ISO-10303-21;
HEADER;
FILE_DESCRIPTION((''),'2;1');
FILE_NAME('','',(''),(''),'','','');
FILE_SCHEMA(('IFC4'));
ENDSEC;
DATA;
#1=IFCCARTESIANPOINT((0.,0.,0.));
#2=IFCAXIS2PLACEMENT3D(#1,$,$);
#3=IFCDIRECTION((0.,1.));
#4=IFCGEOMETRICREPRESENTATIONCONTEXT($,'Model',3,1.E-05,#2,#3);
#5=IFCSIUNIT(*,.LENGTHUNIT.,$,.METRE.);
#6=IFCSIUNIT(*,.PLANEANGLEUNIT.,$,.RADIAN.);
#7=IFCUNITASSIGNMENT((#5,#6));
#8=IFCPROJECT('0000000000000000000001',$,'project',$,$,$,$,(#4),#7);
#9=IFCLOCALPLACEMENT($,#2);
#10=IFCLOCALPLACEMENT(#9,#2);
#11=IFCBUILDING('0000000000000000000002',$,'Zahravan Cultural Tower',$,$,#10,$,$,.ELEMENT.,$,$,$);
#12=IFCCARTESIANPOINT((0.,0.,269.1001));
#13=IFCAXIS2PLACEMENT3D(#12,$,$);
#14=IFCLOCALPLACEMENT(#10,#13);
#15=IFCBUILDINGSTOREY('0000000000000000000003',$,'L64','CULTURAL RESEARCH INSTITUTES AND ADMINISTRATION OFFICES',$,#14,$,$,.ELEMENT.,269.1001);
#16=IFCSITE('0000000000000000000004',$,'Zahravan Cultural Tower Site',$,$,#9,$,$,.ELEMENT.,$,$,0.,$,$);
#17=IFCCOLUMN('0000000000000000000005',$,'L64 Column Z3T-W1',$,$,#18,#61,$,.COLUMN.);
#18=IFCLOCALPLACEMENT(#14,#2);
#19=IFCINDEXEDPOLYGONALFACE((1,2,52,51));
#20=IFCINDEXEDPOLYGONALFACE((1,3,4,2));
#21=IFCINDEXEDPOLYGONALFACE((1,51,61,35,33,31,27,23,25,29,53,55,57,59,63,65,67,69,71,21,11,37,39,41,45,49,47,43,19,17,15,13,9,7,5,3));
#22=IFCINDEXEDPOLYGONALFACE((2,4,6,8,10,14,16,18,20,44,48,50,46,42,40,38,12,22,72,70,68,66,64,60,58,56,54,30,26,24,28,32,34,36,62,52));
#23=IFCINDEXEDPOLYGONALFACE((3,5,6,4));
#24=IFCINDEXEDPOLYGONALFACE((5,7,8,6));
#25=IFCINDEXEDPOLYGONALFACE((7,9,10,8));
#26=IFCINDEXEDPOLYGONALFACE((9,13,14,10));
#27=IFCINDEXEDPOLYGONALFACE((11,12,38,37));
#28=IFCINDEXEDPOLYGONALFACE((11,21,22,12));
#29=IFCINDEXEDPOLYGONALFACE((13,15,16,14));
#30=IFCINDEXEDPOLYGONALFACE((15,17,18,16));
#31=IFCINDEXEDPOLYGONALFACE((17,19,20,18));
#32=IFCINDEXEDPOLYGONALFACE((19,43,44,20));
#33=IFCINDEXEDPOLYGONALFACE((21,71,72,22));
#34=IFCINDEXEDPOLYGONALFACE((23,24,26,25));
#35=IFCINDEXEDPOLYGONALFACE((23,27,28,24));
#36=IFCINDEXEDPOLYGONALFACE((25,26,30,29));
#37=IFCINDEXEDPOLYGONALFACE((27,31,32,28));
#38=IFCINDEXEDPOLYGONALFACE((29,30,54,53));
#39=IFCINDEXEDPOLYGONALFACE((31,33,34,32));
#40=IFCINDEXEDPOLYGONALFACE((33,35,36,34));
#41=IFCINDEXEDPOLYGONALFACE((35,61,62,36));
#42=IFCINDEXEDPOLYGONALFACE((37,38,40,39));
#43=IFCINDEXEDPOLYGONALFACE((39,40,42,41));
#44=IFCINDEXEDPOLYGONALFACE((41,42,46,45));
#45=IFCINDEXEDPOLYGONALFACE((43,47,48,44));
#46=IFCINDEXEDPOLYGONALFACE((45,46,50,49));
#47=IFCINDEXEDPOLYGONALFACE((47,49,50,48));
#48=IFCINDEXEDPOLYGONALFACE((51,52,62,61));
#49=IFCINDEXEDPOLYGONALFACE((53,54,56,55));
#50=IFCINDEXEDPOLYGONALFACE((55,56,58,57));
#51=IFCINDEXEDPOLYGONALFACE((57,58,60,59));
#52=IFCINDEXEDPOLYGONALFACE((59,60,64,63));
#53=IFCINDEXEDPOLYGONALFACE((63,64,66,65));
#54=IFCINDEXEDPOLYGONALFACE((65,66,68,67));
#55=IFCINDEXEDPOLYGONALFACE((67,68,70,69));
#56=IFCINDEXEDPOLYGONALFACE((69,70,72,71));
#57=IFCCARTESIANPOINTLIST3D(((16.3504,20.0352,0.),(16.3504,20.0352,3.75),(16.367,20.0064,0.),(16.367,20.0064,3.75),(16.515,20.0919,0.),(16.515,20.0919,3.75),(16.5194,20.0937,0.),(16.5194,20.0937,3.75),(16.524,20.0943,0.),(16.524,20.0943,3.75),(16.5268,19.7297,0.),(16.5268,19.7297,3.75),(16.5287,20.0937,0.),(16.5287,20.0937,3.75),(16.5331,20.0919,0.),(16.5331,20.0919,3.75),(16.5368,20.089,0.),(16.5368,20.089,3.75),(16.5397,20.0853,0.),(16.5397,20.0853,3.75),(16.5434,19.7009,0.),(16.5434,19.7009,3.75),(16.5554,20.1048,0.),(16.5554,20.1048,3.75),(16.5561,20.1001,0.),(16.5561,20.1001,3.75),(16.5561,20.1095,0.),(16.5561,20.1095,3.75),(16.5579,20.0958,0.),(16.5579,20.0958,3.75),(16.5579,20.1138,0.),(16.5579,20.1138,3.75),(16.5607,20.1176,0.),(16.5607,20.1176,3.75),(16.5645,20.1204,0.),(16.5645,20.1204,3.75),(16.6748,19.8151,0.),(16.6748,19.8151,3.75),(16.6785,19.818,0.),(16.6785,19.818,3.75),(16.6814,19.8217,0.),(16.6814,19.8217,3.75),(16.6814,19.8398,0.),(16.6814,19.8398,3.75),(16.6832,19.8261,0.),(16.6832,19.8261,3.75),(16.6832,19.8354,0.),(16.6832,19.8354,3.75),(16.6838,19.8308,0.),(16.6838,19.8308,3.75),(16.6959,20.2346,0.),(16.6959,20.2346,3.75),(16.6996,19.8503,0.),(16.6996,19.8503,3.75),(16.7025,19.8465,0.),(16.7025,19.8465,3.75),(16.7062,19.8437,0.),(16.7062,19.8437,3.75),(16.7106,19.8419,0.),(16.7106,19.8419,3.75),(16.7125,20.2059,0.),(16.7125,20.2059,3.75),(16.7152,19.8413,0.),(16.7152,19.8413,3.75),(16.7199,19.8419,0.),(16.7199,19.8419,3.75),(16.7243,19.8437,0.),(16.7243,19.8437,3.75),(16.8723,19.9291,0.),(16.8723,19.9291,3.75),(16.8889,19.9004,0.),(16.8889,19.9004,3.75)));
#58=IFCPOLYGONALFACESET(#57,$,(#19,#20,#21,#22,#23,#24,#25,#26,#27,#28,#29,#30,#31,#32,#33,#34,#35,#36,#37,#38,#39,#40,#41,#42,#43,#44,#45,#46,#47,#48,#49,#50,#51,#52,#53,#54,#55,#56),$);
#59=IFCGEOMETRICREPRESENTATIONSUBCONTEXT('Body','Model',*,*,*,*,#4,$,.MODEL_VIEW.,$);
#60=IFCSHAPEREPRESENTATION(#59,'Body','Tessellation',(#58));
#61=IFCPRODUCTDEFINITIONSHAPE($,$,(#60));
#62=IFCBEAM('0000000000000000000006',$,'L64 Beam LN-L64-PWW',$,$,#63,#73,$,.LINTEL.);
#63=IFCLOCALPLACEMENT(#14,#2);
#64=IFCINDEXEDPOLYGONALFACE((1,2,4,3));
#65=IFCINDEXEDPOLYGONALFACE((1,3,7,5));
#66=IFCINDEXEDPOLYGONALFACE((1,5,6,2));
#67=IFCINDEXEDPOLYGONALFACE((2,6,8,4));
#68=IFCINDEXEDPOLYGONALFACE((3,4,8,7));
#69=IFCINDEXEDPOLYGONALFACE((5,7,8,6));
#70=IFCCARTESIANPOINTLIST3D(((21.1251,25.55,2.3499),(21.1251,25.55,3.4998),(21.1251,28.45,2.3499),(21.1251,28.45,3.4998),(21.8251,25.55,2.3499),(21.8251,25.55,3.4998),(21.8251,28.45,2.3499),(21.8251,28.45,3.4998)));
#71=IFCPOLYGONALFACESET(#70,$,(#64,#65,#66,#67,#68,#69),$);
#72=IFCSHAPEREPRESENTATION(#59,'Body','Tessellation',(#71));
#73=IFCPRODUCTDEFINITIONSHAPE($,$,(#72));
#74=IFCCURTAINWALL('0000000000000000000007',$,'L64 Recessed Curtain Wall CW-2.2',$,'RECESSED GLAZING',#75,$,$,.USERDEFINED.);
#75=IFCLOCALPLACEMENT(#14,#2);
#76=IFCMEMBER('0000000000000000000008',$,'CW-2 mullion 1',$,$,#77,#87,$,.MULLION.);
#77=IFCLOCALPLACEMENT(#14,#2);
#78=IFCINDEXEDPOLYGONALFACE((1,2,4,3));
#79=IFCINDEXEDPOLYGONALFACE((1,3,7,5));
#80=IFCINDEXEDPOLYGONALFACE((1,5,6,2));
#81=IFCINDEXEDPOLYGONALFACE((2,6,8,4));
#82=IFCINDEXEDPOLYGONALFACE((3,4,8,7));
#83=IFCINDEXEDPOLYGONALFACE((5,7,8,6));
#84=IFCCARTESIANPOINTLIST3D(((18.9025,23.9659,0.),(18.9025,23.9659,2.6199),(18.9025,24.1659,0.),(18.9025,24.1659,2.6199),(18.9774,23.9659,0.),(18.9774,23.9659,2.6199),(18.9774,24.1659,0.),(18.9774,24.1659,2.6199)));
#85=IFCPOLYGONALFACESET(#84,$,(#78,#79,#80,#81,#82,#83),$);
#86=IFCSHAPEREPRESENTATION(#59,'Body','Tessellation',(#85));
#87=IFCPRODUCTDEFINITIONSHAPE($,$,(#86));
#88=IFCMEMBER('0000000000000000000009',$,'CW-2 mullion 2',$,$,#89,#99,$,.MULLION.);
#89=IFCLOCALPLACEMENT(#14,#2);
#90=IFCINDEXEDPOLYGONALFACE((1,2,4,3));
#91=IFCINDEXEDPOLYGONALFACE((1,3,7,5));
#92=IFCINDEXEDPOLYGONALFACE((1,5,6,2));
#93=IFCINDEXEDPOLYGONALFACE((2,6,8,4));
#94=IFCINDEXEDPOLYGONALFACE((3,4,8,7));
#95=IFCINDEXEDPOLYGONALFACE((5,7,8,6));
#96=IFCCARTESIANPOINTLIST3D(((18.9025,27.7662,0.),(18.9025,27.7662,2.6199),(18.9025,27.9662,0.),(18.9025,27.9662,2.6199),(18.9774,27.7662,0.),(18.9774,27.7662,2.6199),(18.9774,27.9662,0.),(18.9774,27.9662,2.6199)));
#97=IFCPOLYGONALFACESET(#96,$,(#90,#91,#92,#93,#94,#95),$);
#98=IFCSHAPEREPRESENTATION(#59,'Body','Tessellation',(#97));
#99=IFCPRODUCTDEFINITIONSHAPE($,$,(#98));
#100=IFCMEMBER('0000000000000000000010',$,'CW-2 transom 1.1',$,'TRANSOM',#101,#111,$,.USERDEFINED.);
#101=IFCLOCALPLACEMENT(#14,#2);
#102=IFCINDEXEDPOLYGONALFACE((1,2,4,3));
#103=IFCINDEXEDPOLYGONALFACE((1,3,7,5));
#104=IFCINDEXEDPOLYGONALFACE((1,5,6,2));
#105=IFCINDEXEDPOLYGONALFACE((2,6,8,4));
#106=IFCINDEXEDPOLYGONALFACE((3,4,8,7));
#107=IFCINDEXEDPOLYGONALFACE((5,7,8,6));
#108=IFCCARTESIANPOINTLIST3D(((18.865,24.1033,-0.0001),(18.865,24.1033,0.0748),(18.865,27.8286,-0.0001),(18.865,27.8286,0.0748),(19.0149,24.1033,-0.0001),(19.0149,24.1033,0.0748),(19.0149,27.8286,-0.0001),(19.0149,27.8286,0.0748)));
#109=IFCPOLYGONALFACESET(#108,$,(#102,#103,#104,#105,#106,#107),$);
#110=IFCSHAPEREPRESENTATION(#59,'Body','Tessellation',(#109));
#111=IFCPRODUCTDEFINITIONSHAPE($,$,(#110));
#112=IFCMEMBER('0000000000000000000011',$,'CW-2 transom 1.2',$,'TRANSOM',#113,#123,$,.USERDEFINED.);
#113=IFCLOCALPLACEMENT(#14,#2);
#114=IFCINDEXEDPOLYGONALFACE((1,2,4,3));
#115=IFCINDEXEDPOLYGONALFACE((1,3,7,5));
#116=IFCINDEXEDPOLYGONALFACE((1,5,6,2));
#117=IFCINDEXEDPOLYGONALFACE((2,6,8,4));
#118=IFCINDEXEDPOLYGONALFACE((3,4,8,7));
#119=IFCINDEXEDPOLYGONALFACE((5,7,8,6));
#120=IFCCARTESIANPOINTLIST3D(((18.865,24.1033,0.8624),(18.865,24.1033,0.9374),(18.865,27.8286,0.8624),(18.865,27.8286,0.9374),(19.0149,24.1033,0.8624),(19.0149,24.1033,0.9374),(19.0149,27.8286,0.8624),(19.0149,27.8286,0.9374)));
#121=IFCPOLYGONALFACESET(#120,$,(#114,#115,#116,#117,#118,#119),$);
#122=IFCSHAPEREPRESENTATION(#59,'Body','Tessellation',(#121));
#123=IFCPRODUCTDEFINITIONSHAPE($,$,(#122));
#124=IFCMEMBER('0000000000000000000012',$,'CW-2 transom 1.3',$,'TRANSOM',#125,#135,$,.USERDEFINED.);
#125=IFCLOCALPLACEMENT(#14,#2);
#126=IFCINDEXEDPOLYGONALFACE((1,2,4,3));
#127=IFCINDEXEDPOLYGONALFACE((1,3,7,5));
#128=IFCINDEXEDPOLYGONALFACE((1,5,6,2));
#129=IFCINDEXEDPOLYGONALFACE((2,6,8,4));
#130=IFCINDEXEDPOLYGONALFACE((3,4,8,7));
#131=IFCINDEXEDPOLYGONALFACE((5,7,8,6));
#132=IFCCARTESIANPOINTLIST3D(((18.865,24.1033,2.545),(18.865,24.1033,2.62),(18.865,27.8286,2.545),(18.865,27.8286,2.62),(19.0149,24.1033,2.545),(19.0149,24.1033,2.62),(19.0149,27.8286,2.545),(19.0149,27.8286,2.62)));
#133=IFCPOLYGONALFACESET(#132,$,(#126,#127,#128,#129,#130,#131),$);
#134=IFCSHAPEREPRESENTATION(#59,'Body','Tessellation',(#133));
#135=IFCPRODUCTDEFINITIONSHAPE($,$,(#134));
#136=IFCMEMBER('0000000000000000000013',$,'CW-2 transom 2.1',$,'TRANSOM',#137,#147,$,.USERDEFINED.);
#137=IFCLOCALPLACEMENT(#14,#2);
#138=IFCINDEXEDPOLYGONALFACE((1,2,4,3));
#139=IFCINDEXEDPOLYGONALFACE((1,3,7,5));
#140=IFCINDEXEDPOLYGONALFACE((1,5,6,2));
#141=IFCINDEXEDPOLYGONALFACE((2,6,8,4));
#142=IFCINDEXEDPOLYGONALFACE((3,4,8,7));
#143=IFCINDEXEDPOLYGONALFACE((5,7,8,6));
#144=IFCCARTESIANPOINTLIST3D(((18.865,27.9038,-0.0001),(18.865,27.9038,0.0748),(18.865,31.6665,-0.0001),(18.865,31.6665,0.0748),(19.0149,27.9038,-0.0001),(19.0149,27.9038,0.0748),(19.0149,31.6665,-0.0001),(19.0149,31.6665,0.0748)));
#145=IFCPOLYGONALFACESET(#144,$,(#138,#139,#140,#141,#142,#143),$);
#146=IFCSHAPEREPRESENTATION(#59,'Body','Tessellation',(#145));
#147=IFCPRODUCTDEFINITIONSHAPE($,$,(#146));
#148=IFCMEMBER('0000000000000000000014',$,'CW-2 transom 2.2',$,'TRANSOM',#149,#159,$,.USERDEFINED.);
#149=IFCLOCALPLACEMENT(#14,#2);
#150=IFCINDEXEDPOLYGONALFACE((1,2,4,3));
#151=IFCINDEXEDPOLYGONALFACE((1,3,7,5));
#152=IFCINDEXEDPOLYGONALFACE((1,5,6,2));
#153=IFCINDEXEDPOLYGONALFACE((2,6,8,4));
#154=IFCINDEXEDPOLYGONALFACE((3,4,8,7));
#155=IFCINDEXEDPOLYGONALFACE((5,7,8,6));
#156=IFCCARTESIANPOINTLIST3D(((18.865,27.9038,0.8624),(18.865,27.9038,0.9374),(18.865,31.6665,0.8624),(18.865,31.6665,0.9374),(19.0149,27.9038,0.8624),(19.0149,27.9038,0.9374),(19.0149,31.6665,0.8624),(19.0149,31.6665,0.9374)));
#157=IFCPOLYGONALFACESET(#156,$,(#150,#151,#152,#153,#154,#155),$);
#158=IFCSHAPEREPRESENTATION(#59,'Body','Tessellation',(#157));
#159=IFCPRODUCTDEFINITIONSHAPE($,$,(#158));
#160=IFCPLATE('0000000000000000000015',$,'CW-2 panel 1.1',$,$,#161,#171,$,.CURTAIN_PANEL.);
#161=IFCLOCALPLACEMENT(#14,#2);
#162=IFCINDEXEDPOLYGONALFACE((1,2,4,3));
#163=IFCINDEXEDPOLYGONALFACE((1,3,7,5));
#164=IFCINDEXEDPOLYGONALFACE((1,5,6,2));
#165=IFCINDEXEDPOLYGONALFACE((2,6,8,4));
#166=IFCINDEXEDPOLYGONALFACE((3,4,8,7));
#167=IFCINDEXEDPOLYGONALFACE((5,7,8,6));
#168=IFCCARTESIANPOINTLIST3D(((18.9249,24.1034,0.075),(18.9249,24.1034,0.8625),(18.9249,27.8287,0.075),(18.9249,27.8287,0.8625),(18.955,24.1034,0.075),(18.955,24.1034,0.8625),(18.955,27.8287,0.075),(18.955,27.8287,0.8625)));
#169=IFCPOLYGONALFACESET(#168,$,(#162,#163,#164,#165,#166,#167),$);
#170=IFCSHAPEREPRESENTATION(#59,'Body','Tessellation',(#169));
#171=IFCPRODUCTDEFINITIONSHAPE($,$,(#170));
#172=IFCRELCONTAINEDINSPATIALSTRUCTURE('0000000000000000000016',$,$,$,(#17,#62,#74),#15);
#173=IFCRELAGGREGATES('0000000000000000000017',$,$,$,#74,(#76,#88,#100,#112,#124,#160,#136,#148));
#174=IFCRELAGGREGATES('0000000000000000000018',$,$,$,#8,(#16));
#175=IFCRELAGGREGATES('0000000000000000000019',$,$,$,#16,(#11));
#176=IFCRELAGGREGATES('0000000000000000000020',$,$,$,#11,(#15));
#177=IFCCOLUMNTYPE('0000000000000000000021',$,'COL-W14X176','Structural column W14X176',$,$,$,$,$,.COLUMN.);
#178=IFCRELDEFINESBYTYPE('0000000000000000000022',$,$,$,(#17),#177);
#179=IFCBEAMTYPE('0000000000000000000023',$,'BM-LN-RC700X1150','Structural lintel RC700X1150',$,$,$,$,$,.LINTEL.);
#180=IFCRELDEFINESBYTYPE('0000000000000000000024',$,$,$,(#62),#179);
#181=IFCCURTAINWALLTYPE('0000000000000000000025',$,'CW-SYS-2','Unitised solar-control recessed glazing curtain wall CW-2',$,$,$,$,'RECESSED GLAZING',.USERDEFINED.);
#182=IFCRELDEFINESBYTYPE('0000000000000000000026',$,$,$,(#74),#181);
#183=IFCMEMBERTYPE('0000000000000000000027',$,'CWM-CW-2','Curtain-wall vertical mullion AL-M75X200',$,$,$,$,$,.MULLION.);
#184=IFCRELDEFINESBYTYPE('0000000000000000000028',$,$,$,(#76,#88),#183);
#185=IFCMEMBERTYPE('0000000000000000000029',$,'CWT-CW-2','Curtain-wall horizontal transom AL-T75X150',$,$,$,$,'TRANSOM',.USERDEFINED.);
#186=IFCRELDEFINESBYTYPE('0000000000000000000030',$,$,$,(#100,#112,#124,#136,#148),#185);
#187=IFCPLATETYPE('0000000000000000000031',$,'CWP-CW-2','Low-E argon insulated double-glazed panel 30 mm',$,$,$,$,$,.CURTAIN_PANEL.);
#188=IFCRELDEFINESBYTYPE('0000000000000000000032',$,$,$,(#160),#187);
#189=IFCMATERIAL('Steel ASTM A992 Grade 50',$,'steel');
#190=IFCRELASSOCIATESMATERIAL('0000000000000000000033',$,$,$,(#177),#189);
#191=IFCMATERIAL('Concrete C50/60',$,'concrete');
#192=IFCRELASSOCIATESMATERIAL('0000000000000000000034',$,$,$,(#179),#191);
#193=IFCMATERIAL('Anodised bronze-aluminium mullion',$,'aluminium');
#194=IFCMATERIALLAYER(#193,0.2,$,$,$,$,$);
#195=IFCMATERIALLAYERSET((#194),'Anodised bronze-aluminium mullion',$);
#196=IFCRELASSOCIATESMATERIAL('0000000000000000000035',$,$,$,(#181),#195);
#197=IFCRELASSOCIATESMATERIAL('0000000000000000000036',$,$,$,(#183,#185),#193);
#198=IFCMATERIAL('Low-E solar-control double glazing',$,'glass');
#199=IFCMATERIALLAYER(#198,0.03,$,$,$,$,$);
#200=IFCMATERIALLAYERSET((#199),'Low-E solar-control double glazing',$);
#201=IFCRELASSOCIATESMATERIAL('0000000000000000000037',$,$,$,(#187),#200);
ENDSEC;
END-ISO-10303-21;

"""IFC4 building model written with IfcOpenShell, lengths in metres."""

from ifc_helpers import new_model, si_unit, direction, frame, origin, origin_2d, place, context, subcontext, project, spatial, rectangle, i_section, extrude, source, transform, mapped, material, layer, layer_set, material_profile, profile_set, type_object, element, aggregate, save


model = new_model("IFC4")

# Units and contexts
model_context = context("Model", 3, precision=1e-05, world=origin(), true_north=direction((0.0, 1.0)))
body_context = subcontext(model_context, "Body", "Model", "MODEL_VIEW")
ifc_project = project(units=[si_unit("LENGTHUNIT", "METRE"), si_unit("PLANEANGLEUNIT", "RADIAN")], contexts=[model_context])

# Site, building, storey
site_placement = place(None, origin())
site = spatial("IfcSite", under=ifc_project, at=site_placement, Name="Zahravan Cultural Tower Site", CompositionType="ELEMENT", RefElevation=0.0)
building_placement = place(site_placement, origin())
building = spatial("IfcBuilding", under=site, at=building_placement, Name="Zahravan Cultural Tower", CompositionType="ELEMENT")
storey_placement = place(building_placement, frame((0.0, 0.0, 269.1001)))
storey = spatial("IfcBuildingStorey", under=building, at=storey_placement, Name="L64", Description="CULTURAL RESEARCH INSTITUTES AND ADMINISTRATION OFFICES", CompositionType="ELEMENT", Elevation=269.1001)

# Column
ifc_material_1 = material(Name="Steel ASTM A992 Grade 50", Category="steel")
ifc_material_profile_1 = material_profile(ifc_material_1, i_section(OverallWidth=0.3989, OverallDepth=0.386, WebThickness=0.021, FlangeThickness=0.0332, FilletRadius=0.0181, at=origin_2d()), Name="W14X176")
ifc_profile_set_1 = profile_set([ifc_material_profile_1], Name="Steel ASTM A992 Grade 50")
column_type = type_object("IfcColumnType", Name="COL-W14X176", Description="Structural column W14X176", PredefinedType="COLUMN", material=ifc_profile_set_1)
shared_shape_1 = source(origin(), body_context, "Body", "SweptSolid", [
    extrude(i_section(OverallWidth=0.3989, OverallDepth=0.386, WebThickness=0.021, FlangeThickness=0.0332, FilletRadius=0.0181, at=origin_2d()), origin(), (0.0, 0.0, 1.0), 3.75),
])
column_placement = place(storey_placement, frame((16.6196, 19.9678, 0.0), z_axis=(0.0, 0.0, 1.0), x_axis=(0.866025, 0.5, 0.0)))
element("IfcColumn", 1, at=column_placement, inside=storey, type_object=column_type, Name="L64 Column Z3T-W1", PredefinedType="COLUMN", context=body_context, shape_type="MappedRepresentation", body=[
    mapped(shared_shape_1, transform((0.0, 0.0, 0.0), x_axis=(1.0, 0.0, 0.0), y_axis=(0.0, 1.0, 0.0), z_axis=(0.0, 0.0, 1.0), scale=1.0)),
])

# Beam
ifc_material_2 = material(Name="Concrete C50/60", Category="concrete")
ifc_material_profile_2 = material_profile(ifc_material_2, rectangle(XDim=0.7, YDim=1.1499, at=origin_2d()), Name="RC700X1150")
ifc_profile_set_2 = profile_set([ifc_material_profile_2], Name="Concrete C50/60")
beam_type = type_object("IfcBeamType", Name="BM-LN-RC700X1150", Description="Structural lintel RC700X1150", PredefinedType="LINTEL", material=ifc_profile_set_2)
shared_shape_2 = source(origin(), body_context, "Body", "SweptSolid", [
    extrude(rectangle(XDim=0.7, YDim=1.1499, at=origin_2d()), origin(), (0.0, 0.0, 1.0), 2.8999),
])
beam_placement = place(storey_placement, frame((21.4751, 25.55, 2.9248), z_axis=(0.0, 1.0, 0.0), x_axis=(-1.0, 0.0, 0.0)))
element("IfcBeam", 2, at=beam_placement, inside=storey, type_object=beam_type, Name="L64 Beam LN-L64-PWW", PredefinedType="LINTEL", context=body_context, shape_type="MappedRepresentation", body=[
    mapped(shared_shape_2, transform((0.0, 0.0, 0.0), x_axis=(1.0, 0.0, 0.0), y_axis=(0.0, 1.0, 0.0), z_axis=(0.0, 0.0, 1.0), scale=1.0)),
])

# Curtain wall, members, plate
ifc_material_3 = material(Name="Anodised bronze-aluminium mullion", Category="aluminium")
ifc_layer_1 = layer(ifc_material_3, 0.2)
ifc_layer_set_1 = layer_set([ifc_layer_1], Name="Anodised bronze-aluminium mullion")
curtain_wall_type = type_object("IfcCurtainWallType", Name="CW-SYS-2", Description="Unitised solar-control recessed glazing curtain wall CW-2", ElementType="RECESSED GLAZING", PredefinedType="USERDEFINED", material=ifc_layer_set_1)
curtain_wall_placement = place(storey_placement, origin())
curtain_wall = element("IfcCurtainWall", 3, at=curtain_wall_placement, inside=storey, type_object=curtain_wall_type, Name="L64 Recessed Curtain Wall CW-2.2", ObjectType="RECESSED GLAZING", PredefinedType="USERDEFINED")
ifc_material_profile_3 = material_profile(ifc_material_3, rectangle(XDim=0.075, YDim=0.2, at=origin_2d()), Name="AL-M75X200")
ifc_profile_set_3 = profile_set([ifc_material_profile_3], Name="Anodised bronze-aluminium mullion")
member_type_1 = type_object("IfcMemberType", Name="CWM-CW-2", Description="Curtain-wall vertical mullion AL-M75X200", PredefinedType="MULLION", material=ifc_profile_set_3)
shared_shape_3 = source(origin(), body_context, "Body", "SweptSolid", [
    extrude(rectangle(XDim=0.075, YDim=0.2, at=origin_2d()), origin(), (0.0, 0.0, 1.0), 2.6199),
])
member_1_placement = place(storey_placement, frame((18.9399, 24.0659, 0.0), z_axis=(0.0, 0.0, 1.0), x_axis=(-1.0, 0.0, 0.0)))
member_1 = element("IfcMember", 4, at=member_1_placement, type_object=member_type_1, Name="CW-2 mullion 1", PredefinedType="MULLION", context=body_context, shape_type="MappedRepresentation", body=[
    mapped(shared_shape_3, transform((0.0, 0.0, 0.0), x_axis=(1.0, 0.0, 0.0), y_axis=(0.0, 1.0, 0.0), z_axis=(0.0, 0.0, 1.0), scale=1.0)),
])
member_2_placement = place(storey_placement, frame((18.9399, 27.8662, 0.0), z_axis=(0.0, 0.0, 1.0), x_axis=(-1.0, 0.0, 0.0)))
member_2 = element("IfcMember", 5, at=member_2_placement, type_object=member_type_1, Name="CW-2 mullion 2", PredefinedType="MULLION", context=body_context, shape_type="MappedRepresentation", body=[
    mapped(shared_shape_3, transform((0.0, 0.0, 0.0), x_axis=(1.0, 0.0, 0.0), y_axis=(0.0, 1.0, 0.0), z_axis=(0.0, 0.0, 1.0), scale=1.0)),
])
ifc_material_profile_4 = material_profile(ifc_material_3, rectangle(XDim=0.1499, YDim=0.075, at=origin_2d()), Name="AL-T75X150")
ifc_profile_set_4 = profile_set([ifc_material_profile_4], Name="Anodised bronze-aluminium mullion")
member_type_2 = type_object("IfcMemberType", Name="CWT-CW-2", Description="Curtain-wall horizontal transom AL-T75X150", ElementType="TRANSOM", PredefinedType="USERDEFINED", material=ifc_profile_set_4)
shared_shape_4 = source(origin(), body_context, "Body", "SweptSolid", [
    extrude(rectangle(XDim=0.1499, YDim=0.075, at=origin_2d()), origin(), (0.0, 0.0, 1.0), 3.7253),
])
member_3_placement = place(storey_placement, frame((18.9399, 24.1033, 0.0374), z_axis=(0.0, 1.0, 0.0), x_axis=(-1.0, 0.0, 0.0)))
member_3 = element("IfcMember", 6, at=member_3_placement, type_object=member_type_2, Name="CW-2 transom 1.1", ObjectType="TRANSOM", PredefinedType="USERDEFINED", context=body_context, shape_type="MappedRepresentation", body=[
    mapped(shared_shape_4, transform((0.0, 0.0, 0.0), x_axis=(1.0, 0.0, 0.0), y_axis=(0.0, 1.0, 0.0), z_axis=(0.0, 0.0, 1.0), scale=1.0)),
])
member_4_placement = place(storey_placement, frame((18.9399, 24.1033, 0.8999), z_axis=(0.0, 1.0, 0.0), x_axis=(-1.0, 0.0, 0.0)))
member_4 = element("IfcMember", 7, at=member_4_placement, type_object=member_type_2, Name="CW-2 transom 1.2", ObjectType="TRANSOM", PredefinedType="USERDEFINED", context=body_context, shape_type="MappedRepresentation", body=[
    mapped(shared_shape_4, transform((0.0, 0.0, 0.0), x_axis=(1.0, 0.0, 0.0), y_axis=(0.0, 1.0, 0.0), z_axis=(0.0, 0.0, 1.0), scale=1.0)),
])
member_5_placement = place(storey_placement, frame((18.9399, 24.1033, 2.5825), z_axis=(0.0, 1.0, 0.0), x_axis=(-1.0, 0.0, 0.0)))
member_5 = element("IfcMember", 8, at=member_5_placement, type_object=member_type_2, Name="CW-2 transom 1.3", ObjectType="TRANSOM", PredefinedType="USERDEFINED", context=body_context, shape_type="MappedRepresentation", body=[
    mapped(shared_shape_4, transform((0.0, 0.0, 0.0), x_axis=(1.0, 0.0, 0.0), y_axis=(0.0, 1.0, 0.0), z_axis=(0.0, 0.0, 1.0), scale=1.0)),
])
shared_shape_5 = source(origin(), body_context, "Body", "SweptSolid", [
    extrude(rectangle(XDim=0.1499, YDim=0.075, at=origin_2d()), origin(), (0.0, 0.0, 1.0), 3.7627),
])
member_6_placement = place(storey_placement, frame((18.9399, 27.9038, 0.0374), z_axis=(0.0, 1.0, 0.0), x_axis=(-1.0, 0.0, 0.0)))
member_6 = element("IfcMember", 9, at=member_6_placement, type_object=member_type_2, Name="CW-2 transom 2.1", ObjectType="TRANSOM", PredefinedType="USERDEFINED", context=body_context, shape_type="MappedRepresentation", body=[
    mapped(shared_shape_5, transform((0.0, 0.0, 0.0), x_axis=(1.0, 0.0, 0.0), y_axis=(0.0, 1.0, 0.0), z_axis=(0.0, 0.0, 1.0), scale=1.0)),
])
member_7_placement = place(storey_placement, frame((18.9399, 27.9038, 0.8999), z_axis=(0.0, 1.0, 0.0), x_axis=(-1.0, 0.0, 0.0)))
member_7 = element("IfcMember", 10, at=member_7_placement, type_object=member_type_2, Name="CW-2 transom 2.2", ObjectType="TRANSOM", PredefinedType="USERDEFINED", context=body_context, shape_type="MappedRepresentation", body=[
    mapped(shared_shape_5, transform((0.0, 0.0, 0.0), x_axis=(1.0, 0.0, 0.0), y_axis=(0.0, 1.0, 0.0), z_axis=(0.0, 0.0, 1.0), scale=1.0)),
])
ifc_material_4 = material(Name="Low-E solar-control double glazing", Category="glass")
ifc_layer_2 = layer(ifc_material_4, 0.03)
ifc_layer_set_2 = layer_set([ifc_layer_2], Name="Low-E solar-control double glazing")
plate_type = type_object("IfcPlateType", Name="CWP-CW-2", Description="Low-E argon insulated double-glazed panel 30 mm", PredefinedType="CURTAIN_PANEL", material=ifc_layer_set_2)
shared_shape_6 = source(origin(), body_context, "Body", "SweptSolid", [
    extrude(rectangle(XDim=3.7253, YDim=0.03, at=origin_2d()), origin(), (0.0, 0.0, 1.0), 0.7876),
])
plate_1_placement = place(storey_placement, frame((18.9399, 25.9661, 0.075), z_axis=(0.0, 0.0, 1.0), x_axis=(0.0, 1.0, 0.0)))
plate_1 = element("IfcPlate", 11, at=plate_1_placement, type_object=plate_type, Name="CW-2 panel 1.1", PredefinedType="CURTAIN_PANEL", context=body_context, shape_type="MappedRepresentation", body=[
    mapped(shared_shape_6, transform((0.0, 0.0, 0.0), x_axis=(1.0, 0.0, 0.0), y_axis=(0.0, 1.0, 0.0), z_axis=(0.0, 0.0, 1.0), scale=1.0)),
])
aggregate(curtain_wall, [member_1, member_2, member_3, member_4, member_5, plate_1, member_6, member_7])

save(model, "model.ifc")
